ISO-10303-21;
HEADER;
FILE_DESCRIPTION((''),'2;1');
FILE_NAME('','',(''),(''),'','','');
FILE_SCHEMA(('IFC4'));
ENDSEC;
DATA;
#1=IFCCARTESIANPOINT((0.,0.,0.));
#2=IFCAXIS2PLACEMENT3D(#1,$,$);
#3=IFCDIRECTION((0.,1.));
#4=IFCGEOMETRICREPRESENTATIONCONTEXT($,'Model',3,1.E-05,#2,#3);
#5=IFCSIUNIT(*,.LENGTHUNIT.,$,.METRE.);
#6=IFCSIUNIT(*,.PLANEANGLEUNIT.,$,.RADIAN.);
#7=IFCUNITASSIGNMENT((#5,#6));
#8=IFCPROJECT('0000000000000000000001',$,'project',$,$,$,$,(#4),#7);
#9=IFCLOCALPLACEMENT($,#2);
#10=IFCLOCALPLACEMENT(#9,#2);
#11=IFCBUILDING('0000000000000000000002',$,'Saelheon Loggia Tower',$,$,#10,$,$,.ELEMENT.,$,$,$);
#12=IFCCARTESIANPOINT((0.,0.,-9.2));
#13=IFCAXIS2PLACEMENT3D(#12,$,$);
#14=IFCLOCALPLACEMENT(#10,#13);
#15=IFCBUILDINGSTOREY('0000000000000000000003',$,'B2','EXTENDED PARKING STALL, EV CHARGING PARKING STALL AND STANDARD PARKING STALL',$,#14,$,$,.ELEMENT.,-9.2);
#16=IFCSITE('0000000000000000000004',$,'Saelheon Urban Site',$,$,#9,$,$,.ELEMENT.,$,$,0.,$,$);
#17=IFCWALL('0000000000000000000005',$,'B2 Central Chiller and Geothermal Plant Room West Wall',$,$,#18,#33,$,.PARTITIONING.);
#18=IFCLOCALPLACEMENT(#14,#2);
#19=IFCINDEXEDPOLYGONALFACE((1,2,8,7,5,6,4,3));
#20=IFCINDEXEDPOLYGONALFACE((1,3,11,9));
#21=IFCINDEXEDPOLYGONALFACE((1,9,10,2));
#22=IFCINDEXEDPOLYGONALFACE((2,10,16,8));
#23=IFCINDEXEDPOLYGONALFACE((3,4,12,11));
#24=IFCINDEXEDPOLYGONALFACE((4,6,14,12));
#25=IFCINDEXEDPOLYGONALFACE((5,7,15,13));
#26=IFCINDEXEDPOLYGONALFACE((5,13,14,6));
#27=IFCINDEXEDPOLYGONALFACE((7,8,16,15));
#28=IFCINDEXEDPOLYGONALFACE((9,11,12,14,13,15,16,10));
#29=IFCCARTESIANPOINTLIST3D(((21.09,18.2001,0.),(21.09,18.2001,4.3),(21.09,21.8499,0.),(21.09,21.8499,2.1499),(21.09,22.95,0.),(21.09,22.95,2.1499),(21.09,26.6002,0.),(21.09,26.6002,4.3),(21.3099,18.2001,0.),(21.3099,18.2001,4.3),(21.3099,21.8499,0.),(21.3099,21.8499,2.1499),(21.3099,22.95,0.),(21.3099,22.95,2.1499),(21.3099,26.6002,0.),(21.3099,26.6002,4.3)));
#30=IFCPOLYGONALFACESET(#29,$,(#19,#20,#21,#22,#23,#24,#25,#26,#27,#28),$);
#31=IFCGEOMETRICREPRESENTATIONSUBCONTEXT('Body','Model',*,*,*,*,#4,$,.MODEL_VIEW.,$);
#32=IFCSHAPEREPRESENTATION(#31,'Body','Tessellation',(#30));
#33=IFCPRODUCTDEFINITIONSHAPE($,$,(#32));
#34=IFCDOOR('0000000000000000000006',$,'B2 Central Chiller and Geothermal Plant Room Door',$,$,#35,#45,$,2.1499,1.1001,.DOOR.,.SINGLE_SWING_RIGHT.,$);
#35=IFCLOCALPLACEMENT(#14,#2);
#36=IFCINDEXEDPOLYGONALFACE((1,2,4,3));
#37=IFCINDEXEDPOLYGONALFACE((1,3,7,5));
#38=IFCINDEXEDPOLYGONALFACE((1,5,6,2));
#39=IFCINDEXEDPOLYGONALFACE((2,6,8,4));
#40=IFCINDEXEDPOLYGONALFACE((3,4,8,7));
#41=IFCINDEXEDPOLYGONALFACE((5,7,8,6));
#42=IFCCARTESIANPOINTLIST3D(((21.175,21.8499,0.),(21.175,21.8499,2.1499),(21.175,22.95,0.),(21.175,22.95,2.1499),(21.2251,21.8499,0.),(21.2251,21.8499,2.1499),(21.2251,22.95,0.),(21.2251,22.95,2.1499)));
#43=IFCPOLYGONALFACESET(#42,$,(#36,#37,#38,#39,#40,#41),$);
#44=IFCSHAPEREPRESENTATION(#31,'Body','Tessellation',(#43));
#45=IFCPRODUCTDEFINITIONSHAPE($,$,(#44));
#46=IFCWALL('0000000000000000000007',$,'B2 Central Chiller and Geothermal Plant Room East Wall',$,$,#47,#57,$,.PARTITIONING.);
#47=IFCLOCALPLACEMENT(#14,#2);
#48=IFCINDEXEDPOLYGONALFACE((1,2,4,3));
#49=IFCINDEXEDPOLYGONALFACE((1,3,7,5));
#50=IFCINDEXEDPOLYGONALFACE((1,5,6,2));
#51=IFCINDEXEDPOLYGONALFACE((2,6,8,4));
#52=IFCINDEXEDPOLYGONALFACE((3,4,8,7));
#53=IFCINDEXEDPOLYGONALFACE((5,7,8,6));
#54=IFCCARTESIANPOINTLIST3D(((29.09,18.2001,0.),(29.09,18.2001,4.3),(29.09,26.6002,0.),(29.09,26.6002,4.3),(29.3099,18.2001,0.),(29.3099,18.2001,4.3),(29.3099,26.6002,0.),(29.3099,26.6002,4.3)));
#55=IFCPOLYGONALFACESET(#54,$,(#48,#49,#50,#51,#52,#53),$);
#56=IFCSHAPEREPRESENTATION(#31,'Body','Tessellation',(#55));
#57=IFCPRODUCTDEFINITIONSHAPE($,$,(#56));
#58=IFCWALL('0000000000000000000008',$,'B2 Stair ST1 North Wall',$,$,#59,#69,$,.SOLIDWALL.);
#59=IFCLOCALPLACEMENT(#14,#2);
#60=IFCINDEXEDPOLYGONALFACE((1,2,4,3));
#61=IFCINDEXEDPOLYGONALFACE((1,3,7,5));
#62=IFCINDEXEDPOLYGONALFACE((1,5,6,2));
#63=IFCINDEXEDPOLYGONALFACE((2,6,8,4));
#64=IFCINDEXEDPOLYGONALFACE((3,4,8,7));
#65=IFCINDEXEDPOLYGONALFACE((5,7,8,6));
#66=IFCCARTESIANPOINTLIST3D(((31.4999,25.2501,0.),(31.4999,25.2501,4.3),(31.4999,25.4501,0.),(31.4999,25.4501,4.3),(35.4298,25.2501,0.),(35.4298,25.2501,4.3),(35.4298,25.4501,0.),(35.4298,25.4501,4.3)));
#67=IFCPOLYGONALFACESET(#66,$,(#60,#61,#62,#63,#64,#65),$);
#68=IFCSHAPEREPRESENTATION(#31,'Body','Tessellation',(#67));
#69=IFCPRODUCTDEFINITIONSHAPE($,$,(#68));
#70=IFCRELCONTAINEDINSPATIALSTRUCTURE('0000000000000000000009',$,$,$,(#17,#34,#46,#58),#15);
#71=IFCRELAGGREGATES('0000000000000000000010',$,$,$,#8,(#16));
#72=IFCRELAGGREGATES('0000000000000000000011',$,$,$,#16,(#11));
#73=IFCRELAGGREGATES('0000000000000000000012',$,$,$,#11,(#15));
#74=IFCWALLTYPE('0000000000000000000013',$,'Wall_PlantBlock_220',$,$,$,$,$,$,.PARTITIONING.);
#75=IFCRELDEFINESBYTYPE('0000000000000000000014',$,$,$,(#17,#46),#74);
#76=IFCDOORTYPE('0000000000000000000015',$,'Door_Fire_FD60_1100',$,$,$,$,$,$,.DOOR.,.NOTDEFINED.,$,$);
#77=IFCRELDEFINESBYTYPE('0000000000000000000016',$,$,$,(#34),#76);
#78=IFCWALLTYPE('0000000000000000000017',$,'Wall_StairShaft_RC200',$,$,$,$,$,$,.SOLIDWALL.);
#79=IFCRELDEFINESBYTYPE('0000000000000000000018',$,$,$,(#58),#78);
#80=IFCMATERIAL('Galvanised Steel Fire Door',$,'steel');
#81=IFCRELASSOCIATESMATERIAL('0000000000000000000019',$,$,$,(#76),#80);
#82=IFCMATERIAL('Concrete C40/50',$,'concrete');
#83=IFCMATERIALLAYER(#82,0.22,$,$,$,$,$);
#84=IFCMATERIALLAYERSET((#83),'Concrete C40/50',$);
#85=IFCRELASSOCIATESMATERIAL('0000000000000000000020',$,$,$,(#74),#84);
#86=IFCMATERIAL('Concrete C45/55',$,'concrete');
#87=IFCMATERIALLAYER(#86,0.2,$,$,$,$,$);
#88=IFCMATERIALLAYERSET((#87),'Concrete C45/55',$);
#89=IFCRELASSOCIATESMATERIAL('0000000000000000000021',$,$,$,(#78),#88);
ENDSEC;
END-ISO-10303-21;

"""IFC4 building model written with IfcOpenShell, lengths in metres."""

from ifc_helpers import new_model, si_unit, direction, frame, frame_2d, origin, place, context, subcontext, project, spatial, rectangle, extrude, source, transform, mapped, material, layer, layer_set, type_object, element, fill, save


model = new_model("IFC4")

# Units and contexts
model_context = context("Model", 3, precision=1e-05, world=origin(), true_north=direction((0.0, 1.0)))
body_context = subcontext(model_context, "Body", "Model", "MODEL_VIEW")
ifc_project = project(units=[si_unit("LENGTHUNIT", "METRE"), si_unit("PLANEANGLEUNIT", "RADIAN")], contexts=[model_context])

# Site, building, storey
site_placement = place(None, origin())
site = spatial("IfcSite", under=ifc_project, at=site_placement, Name="Saelheon Urban Site", CompositionType="ELEMENT", RefElevation=0.0)
building_placement = place(site_placement, origin())
building = spatial("IfcBuilding", under=site, at=building_placement, Name="Saelheon Loggia Tower", CompositionType="ELEMENT")
storey_placement = place(building_placement, frame((0.0, 0.0, -9.2)))
storey = spatial("IfcBuildingStorey", under=building, at=storey_placement, Name="B2", Description="EXTENDED PARKING STALL, EV CHARGING PARKING STALL AND STANDARD PARKING STALL", CompositionType="ELEMENT", Elevation=-9.2)

# Shared definitions
ifc_material_1 = material(Name="Concrete C45/55", Category="concrete")

# Shared definitions
ifc_material_2 = material(Name="Galvanised Steel Fire Door", Category="steel")
door_type = type_object("IfcDoorType", Name="Door_Fire_FD60_1100", OperationType="NOTDEFINED", PredefinedType="DOOR", material=ifc_material_2)
shared_shape_1 = source(origin(), body_context, "Body", "SweptSolid", [
    extrude(rectangle(XDim=1.1001, YDim=2.1499, at=frame_2d((0.55, 1.075))), frame((0.0, 0.0249, 0.0), z_axis=(0.0, -1.0, 0.0), x_axis=(1.0, 0.0, 0.0)), (0.0, 0.0, 1.0), 0.05),
])

# Shared definitions
ifc_material_3 = material(Name="Concrete C40/50", Category="concrete")
ifc_layer_1 = layer(ifc_material_3, 0.22)
ifc_layer_set_1 = layer_set([ifc_layer_1], Name="Concrete C40/50")
wall_type_1 = type_object("IfcWallType", Name="Wall_PlantBlock_220", PredefinedType="PARTITIONING", material=ifc_layer_set_1)

# Wall, opening, door
wall_1_placement = place(storey_placement, frame((21.2, 18.2, 0.0), z_axis=(0.0, 0.0, 1.0), x_axis=(0.0, 1.0, 0.0)))
wall_1 = element("IfcWall", 1, at=wall_1_placement, inside=storey, type_object=wall_type_1, Name="B2 Central Chiller and Geothermal Plant Room West Wall", PredefinedType="PARTITIONING", context=body_context, shape_type="SweptSolid", body=[
    extrude(rectangle(XDim=8.4001, YDim=0.22, at=frame_2d((4.2002, 0.0))), origin(), (0.0, 0.0, 1.0), 4.3),
])
opening_1_placement = place(wall_1_placement, frame((3.6499, 0.0, 0.0)))
opening_1 = element("IfcOpeningElement", 2, at=opening_1_placement, cuts=wall_1, PredefinedType="OPENING", context=body_context, shape_type="SweptSolid", body=[
    extrude(rectangle(XDim=1.1001, YDim=2.1499, at=frame_2d((0.55, 1.075))), frame((0.0, 0.1221, 0.0), z_axis=(0.0, -1.0, 0.0), x_axis=(1.0, 0.0, 0.0)), (0.0, 0.0, 1.0), 0.2439),
])
door_1_placement = place(opening_1_placement, origin())
door_1 = element("IfcDoor", 3, at=door_1_placement, inside=storey, type_object=door_type, Name="B2 Central Chiller and Geothermal Plant Room Door", OperationType="SINGLE_SWING_RIGHT", OverallHeight=2.1499, OverallWidth=1.1001, PredefinedType="DOOR", context=body_context, shape_type="MappedRepresentation", body=[
    mapped(shared_shape_1, transform((0.0, 0.0, 0.0), scale=1.0)),
])
fill(opening_1, door_1)

# Walls
wall_2_placement = place(storey_placement, frame((29.2, 18.2, 0.0), z_axis=(0.0, 0.0, 1.0), x_axis=(0.0, 1.0, 0.0)))
element("IfcWall", 4, at=wall_2_placement, inside=storey, type_object=wall_type_1, Name="B2 Central Chiller and Geothermal Plant Room East Wall", PredefinedType="PARTITIONING", context=body_context, shape_type="SweptSolid", body=[
    extrude(rectangle(XDim=8.4001, YDim=0.22, at=frame_2d((4.2002, 0.0))), origin(), (0.0, 0.0, 1.0), 4.3),
])
ifc_layer_2 = layer(ifc_material_1, 0.2)
ifc_layer_set_2 = layer_set([ifc_layer_2], Name="Concrete C45/55")
wall_type_2 = type_object("IfcWallType", Name="Wall_StairShaft_RC200", PredefinedType="SOLIDWALL", material=ifc_layer_set_2)
wall_3_placement = place(storey_placement, frame((31.5, 25.3501, 0.0), z_axis=(0.0, 0.0, 1.0), x_axis=(1.0, 0.0, 0.0)))
element("IfcWall", 5, at=wall_3_placement, inside=storey, type_object=wall_type_2, Name="B2 Stair ST1 North Wall", PredefinedType="SOLIDWALL", context=body_context, shape_type="SweptSolid", body=[
    extrude(rectangle(XDim=3.9299, YDim=0.2, at=frame_2d((1.9648, 0.0))), origin(), (0.0, 0.0, 1.0), 4.3),
])

save(model, "model.ifc")
